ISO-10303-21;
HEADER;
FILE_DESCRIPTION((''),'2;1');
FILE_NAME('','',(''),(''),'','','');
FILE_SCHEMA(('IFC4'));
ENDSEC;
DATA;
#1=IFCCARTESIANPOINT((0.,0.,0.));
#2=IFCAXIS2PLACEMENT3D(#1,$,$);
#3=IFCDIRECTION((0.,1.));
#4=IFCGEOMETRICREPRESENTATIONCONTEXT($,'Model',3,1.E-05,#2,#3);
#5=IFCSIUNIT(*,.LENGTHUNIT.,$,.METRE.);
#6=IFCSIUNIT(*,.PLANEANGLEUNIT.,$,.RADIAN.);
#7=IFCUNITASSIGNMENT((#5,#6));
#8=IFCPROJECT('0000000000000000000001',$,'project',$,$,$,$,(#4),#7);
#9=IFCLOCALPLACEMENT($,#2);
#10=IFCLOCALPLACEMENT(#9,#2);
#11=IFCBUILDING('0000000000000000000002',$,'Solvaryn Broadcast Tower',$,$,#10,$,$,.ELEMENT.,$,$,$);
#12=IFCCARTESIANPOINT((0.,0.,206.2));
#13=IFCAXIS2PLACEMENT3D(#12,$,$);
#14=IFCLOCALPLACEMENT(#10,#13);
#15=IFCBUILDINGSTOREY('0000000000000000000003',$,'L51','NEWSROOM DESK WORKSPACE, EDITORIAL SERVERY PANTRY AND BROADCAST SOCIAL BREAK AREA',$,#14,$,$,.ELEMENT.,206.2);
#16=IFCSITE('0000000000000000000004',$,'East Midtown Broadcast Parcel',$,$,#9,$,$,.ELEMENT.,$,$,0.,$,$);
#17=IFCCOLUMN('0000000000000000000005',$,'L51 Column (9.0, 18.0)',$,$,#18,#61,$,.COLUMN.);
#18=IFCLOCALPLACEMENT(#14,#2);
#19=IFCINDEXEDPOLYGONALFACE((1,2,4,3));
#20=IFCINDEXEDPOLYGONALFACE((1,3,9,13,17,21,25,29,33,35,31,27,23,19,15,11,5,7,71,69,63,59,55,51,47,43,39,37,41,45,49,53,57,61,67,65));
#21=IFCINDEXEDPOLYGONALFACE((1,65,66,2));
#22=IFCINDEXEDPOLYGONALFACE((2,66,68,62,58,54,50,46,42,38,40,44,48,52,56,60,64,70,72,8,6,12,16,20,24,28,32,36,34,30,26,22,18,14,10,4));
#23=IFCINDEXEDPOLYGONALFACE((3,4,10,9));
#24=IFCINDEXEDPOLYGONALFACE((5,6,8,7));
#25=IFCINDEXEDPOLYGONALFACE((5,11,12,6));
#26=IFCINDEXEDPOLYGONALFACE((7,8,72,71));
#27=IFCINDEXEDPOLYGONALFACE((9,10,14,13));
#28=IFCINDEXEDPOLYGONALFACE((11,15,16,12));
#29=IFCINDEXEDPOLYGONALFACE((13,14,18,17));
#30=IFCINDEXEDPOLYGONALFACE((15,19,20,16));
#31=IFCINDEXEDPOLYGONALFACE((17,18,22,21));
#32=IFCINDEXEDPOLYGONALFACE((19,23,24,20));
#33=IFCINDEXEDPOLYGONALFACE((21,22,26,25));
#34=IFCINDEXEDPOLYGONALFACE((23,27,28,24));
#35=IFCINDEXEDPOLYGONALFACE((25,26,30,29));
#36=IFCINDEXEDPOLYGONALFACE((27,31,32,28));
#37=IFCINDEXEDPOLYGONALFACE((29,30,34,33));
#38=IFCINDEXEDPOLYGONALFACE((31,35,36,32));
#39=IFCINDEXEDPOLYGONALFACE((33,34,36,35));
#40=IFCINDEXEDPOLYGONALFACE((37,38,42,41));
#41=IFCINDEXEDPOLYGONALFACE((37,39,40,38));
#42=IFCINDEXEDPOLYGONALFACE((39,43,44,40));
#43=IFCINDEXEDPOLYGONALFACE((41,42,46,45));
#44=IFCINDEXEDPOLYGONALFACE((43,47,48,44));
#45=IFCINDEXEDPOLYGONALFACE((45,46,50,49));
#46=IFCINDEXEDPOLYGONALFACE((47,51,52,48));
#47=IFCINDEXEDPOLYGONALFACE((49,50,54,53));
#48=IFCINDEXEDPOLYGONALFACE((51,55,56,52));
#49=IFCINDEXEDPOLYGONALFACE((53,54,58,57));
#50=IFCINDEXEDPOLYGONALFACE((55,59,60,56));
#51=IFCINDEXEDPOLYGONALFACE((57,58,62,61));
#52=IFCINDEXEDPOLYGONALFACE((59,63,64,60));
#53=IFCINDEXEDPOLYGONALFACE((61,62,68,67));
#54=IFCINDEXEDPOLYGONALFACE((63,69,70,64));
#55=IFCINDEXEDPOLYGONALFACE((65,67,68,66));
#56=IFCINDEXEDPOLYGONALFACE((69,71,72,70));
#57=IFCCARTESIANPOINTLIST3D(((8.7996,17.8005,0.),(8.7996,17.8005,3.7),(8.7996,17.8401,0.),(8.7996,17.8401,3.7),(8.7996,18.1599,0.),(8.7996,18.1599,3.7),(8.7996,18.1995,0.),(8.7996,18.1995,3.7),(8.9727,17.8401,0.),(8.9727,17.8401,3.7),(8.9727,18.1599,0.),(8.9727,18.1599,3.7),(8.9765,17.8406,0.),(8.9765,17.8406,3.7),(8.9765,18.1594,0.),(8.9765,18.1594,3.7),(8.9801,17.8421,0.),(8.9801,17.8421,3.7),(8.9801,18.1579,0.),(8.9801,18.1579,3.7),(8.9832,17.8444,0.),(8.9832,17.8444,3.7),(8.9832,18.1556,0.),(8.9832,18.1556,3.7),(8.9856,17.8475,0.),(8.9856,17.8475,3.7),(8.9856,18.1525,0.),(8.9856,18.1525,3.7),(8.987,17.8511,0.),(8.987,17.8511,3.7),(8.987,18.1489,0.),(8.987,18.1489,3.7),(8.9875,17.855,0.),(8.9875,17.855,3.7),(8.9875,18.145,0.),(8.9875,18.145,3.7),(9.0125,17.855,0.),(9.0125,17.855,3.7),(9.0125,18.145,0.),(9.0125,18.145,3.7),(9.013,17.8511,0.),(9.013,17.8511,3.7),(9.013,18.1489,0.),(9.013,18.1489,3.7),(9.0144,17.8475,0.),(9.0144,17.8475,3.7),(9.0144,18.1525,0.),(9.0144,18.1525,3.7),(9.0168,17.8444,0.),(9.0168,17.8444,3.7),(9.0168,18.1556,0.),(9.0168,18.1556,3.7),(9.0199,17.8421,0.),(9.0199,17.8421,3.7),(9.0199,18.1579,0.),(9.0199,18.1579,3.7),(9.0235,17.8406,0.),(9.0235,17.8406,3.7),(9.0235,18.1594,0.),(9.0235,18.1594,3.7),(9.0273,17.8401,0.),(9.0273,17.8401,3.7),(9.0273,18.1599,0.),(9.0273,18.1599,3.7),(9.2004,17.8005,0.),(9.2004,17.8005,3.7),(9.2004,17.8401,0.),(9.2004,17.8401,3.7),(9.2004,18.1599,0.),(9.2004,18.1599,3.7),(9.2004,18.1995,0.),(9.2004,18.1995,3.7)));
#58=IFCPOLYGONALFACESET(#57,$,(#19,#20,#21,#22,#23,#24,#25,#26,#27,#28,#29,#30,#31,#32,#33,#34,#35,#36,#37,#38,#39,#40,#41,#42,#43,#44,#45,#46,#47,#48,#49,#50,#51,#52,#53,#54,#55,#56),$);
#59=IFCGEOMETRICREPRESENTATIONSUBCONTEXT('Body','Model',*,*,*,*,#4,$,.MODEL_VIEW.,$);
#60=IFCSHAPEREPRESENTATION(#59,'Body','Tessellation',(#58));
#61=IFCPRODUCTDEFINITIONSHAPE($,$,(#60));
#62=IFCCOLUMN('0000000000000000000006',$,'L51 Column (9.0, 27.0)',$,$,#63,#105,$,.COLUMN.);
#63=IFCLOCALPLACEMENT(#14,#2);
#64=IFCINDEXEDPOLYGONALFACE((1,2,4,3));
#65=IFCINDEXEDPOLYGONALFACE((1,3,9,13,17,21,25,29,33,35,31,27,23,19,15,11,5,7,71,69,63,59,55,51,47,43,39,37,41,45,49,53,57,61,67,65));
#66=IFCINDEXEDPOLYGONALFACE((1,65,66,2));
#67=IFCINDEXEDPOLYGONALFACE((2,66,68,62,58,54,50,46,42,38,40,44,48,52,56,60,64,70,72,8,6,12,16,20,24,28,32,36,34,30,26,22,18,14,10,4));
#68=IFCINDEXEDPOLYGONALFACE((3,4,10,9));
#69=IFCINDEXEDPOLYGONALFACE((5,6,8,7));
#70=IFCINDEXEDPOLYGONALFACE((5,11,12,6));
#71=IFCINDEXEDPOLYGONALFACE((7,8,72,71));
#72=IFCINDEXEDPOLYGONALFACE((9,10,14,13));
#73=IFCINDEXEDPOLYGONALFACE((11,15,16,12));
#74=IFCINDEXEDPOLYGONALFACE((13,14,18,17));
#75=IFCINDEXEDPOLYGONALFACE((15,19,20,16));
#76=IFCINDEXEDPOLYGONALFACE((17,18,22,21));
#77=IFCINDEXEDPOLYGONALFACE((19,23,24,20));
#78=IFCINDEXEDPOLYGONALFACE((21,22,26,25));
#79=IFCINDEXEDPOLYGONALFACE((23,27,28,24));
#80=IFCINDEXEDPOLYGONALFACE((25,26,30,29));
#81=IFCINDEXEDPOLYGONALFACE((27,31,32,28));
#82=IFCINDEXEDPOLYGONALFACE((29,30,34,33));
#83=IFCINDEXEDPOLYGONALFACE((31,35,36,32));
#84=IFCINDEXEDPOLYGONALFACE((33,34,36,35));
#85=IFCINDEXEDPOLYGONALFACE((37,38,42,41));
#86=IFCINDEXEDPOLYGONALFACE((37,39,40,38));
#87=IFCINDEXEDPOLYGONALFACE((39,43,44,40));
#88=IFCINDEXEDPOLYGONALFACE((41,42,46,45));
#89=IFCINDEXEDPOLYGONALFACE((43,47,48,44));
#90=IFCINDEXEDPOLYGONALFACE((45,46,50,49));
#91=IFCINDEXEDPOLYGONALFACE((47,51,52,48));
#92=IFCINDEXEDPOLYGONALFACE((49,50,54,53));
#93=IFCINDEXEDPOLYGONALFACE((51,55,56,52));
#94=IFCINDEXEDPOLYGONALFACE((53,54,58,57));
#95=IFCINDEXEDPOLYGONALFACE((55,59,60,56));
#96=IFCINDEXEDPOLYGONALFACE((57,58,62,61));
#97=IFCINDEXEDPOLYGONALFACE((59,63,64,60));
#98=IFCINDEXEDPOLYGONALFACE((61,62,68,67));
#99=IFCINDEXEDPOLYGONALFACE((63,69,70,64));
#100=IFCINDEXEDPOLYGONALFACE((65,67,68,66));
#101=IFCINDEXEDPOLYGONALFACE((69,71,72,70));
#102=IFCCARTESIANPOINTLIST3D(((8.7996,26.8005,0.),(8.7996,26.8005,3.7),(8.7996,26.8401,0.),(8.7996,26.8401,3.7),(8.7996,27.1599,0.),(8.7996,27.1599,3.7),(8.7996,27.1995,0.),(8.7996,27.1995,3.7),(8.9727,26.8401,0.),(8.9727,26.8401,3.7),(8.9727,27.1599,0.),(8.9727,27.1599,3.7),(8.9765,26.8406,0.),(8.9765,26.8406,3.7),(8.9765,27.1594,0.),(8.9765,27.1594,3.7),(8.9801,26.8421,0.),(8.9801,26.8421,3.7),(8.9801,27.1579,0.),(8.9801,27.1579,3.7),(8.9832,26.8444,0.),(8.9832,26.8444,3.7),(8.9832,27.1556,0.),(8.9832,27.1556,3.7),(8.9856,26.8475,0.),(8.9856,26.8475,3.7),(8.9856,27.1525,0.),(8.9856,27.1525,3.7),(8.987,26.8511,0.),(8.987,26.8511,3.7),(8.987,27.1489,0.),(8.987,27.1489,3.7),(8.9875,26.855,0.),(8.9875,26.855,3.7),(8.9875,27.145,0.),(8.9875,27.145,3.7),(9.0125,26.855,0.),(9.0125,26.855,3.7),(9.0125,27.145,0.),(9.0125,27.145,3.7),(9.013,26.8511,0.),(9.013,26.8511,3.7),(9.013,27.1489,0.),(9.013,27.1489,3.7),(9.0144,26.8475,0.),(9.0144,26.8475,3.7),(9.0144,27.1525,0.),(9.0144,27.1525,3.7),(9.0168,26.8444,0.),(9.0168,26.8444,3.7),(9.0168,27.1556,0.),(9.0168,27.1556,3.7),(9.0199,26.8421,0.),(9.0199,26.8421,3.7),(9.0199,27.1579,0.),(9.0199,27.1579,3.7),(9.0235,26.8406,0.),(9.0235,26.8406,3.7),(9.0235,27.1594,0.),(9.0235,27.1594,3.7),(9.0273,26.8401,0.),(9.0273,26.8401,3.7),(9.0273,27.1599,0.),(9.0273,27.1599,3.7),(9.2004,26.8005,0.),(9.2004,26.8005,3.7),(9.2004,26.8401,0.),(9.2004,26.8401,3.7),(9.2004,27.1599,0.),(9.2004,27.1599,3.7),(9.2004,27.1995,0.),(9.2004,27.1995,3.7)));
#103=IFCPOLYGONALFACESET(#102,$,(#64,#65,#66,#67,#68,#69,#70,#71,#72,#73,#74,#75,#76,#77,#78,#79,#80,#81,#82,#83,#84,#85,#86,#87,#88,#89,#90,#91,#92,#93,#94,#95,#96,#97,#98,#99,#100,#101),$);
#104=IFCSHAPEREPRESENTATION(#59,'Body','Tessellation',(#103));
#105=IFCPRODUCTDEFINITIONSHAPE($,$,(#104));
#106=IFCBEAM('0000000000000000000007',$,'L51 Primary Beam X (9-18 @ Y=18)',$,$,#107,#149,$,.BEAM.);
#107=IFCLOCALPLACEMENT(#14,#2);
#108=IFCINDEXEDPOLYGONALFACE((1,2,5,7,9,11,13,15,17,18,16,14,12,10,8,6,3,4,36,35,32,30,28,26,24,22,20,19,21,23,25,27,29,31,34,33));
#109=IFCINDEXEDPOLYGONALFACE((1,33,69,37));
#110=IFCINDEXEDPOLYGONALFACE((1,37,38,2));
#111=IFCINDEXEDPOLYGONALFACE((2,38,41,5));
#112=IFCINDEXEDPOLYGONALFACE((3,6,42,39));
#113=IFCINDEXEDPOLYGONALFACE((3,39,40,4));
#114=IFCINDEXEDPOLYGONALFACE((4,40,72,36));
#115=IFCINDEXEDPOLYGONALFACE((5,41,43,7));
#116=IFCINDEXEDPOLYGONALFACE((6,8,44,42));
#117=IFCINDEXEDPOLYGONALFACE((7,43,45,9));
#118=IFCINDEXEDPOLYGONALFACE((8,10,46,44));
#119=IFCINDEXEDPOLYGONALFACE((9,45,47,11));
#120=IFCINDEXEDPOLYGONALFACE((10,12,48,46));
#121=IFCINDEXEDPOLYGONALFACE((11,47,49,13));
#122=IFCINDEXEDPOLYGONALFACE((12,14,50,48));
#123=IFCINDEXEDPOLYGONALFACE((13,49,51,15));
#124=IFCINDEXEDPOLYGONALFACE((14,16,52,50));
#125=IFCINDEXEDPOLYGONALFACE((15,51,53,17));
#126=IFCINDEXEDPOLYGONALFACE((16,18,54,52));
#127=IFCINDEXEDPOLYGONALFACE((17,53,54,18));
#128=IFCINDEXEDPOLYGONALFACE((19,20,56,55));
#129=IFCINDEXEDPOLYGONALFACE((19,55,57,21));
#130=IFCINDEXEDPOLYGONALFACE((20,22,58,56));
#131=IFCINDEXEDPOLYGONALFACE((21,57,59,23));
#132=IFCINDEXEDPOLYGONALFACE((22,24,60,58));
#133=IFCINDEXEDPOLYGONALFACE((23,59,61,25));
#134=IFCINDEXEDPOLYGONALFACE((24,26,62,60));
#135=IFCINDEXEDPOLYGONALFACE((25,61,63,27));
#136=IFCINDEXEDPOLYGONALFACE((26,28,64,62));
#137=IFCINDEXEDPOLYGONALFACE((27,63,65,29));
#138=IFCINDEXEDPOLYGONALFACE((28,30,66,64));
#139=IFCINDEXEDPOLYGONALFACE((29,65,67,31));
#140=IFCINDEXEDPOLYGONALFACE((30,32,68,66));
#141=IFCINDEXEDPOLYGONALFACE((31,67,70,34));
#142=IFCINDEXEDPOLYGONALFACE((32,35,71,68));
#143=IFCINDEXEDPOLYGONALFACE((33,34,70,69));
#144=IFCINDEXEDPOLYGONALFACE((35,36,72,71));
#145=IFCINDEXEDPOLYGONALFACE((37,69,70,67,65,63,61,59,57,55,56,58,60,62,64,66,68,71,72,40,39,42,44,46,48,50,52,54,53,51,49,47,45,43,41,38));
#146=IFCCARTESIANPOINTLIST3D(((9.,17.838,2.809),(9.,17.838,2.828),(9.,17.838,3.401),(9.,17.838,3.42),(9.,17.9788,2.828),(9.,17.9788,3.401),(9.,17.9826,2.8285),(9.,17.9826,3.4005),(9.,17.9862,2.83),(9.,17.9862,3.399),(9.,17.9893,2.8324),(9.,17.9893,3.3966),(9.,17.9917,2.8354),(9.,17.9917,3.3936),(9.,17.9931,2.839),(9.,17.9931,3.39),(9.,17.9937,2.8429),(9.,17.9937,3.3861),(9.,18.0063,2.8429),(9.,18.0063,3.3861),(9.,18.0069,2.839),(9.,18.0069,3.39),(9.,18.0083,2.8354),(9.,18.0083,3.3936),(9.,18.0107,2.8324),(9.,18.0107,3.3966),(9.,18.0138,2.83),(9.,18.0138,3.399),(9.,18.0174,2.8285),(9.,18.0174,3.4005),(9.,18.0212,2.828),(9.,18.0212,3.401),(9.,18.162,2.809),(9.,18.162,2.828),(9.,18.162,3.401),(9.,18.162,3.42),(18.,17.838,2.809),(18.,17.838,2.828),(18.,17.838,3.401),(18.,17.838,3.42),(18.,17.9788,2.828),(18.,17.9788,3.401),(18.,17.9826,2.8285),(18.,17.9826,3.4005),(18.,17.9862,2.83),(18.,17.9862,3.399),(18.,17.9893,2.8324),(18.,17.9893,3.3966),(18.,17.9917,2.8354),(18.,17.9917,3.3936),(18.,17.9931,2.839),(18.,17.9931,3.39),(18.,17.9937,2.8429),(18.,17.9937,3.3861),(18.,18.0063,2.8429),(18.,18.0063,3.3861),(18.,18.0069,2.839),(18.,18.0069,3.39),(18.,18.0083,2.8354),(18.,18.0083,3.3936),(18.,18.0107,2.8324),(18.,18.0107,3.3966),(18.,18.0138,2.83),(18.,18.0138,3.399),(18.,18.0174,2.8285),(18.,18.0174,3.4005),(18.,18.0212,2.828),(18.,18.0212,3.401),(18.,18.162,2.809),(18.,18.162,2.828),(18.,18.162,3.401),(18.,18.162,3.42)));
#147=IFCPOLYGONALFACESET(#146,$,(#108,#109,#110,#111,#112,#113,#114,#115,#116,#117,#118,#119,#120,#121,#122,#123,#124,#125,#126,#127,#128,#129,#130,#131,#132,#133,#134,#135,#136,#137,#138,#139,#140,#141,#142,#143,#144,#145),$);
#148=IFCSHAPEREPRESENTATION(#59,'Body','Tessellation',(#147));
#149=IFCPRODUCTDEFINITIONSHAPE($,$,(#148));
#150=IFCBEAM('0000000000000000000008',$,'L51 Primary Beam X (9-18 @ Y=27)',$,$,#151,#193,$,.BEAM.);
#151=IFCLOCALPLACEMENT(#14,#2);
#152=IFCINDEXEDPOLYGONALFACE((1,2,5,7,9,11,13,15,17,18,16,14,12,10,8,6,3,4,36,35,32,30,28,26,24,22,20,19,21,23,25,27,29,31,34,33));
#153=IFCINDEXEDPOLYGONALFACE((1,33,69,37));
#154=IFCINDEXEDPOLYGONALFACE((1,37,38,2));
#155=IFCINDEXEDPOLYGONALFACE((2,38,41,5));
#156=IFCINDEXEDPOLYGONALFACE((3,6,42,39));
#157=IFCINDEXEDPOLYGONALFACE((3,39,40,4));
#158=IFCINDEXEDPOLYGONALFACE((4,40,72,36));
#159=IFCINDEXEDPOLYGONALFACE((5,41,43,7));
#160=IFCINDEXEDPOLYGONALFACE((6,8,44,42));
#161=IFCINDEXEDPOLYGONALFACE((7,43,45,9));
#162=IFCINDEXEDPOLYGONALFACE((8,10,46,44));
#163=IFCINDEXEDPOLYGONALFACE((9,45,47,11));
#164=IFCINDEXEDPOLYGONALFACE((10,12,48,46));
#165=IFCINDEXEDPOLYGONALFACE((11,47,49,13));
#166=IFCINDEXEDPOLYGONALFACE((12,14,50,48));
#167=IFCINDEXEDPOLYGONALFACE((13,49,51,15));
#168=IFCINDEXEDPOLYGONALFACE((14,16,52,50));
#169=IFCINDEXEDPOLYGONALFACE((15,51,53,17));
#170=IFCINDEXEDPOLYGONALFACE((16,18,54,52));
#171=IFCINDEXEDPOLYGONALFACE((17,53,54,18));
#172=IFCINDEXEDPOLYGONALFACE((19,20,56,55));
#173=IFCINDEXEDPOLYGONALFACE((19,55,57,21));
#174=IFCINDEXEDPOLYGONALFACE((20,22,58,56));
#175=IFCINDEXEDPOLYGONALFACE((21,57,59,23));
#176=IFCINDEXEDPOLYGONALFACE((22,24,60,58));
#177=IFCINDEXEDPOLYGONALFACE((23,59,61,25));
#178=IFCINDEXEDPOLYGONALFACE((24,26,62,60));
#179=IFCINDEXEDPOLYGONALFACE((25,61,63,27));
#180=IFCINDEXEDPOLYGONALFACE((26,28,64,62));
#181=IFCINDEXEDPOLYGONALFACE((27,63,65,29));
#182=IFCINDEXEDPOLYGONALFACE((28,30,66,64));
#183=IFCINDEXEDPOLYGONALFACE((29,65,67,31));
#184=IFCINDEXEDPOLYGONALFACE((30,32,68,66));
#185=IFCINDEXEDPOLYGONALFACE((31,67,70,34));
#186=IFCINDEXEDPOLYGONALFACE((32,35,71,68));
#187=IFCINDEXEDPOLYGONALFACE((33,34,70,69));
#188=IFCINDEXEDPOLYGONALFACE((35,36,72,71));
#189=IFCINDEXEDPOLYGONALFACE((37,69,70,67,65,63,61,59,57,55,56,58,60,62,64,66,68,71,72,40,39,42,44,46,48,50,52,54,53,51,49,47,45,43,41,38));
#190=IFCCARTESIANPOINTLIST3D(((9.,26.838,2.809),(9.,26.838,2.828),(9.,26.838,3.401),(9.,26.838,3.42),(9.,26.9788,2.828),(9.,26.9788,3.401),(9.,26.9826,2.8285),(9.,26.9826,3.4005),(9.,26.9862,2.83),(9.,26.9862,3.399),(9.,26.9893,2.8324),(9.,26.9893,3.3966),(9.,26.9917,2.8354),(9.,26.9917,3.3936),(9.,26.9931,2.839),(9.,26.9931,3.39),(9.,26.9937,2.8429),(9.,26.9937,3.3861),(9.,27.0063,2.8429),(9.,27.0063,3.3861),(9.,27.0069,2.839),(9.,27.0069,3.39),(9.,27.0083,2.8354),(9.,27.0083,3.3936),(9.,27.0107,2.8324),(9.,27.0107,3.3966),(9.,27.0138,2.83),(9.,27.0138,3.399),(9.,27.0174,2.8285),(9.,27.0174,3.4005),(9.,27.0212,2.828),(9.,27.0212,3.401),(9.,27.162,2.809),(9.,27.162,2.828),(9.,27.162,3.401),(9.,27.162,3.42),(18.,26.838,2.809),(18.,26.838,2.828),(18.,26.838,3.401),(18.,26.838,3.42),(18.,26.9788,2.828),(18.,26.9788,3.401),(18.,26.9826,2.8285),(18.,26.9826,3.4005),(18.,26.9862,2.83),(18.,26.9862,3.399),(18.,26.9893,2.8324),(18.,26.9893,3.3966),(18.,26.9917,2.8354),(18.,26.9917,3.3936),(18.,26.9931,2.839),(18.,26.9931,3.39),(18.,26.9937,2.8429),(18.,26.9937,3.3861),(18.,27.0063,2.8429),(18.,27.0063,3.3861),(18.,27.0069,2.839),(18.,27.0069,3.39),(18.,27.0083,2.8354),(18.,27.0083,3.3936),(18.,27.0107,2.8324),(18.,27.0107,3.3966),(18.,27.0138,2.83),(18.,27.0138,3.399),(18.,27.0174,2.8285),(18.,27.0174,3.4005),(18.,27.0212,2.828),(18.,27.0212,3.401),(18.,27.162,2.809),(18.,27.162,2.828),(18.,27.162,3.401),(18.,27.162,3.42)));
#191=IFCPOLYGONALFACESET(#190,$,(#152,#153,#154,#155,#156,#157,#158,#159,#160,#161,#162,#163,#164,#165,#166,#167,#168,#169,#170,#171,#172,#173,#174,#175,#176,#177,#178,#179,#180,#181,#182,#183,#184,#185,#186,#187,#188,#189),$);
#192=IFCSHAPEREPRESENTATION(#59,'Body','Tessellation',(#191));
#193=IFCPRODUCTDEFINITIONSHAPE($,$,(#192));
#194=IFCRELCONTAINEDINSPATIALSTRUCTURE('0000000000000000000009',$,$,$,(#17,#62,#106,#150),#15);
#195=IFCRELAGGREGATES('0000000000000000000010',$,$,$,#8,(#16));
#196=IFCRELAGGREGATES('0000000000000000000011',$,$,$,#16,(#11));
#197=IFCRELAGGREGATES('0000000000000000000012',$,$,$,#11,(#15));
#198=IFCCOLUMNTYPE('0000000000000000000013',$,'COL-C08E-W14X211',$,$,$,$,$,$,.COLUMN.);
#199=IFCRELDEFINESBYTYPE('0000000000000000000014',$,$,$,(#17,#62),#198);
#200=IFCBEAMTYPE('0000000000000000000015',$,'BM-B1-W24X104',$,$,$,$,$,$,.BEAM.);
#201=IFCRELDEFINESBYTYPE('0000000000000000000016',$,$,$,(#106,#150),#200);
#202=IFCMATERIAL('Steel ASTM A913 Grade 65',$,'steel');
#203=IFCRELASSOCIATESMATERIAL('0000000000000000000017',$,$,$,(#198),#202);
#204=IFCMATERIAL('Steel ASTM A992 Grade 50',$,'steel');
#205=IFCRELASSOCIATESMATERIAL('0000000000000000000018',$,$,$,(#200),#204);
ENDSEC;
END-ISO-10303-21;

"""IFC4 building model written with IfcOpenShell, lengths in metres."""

from ifc_helpers import new_model, si_unit, direction, frame, origin, origin_2d, place, context, subcontext, project, spatial, i_section, extrude, material, material_profile, profile_set, type_object, element, save


model = new_model("IFC4")

# Units and contexts
model_context = context("Model", 3, precision=1e-05, world=origin(), true_north=direction((0.0, 1.0)))
body_context = subcontext(model_context, "Body", "Model", "MODEL_VIEW")
ifc_project = project(units=[si_unit("LENGTHUNIT", "METRE"), si_unit("PLANEANGLEUNIT", "RADIAN")], contexts=[model_context])

# Site, building, storey
site_placement = place(None, origin())
site = spatial("IfcSite", under=ifc_project, at=site_placement, Name="East Midtown Broadcast Parcel", CompositionType="ELEMENT", RefElevation=0.0)
building_placement = place(site_placement, origin())
building = spatial("IfcBuilding", under=site, at=building_placement, Name="Solvaryn Broadcast Tower", CompositionType="ELEMENT")
storey_placement = place(building_placement, frame((0.0, 0.0, 206.2)))
storey = spatial("IfcBuildingStorey", under=building, at=storey_placement, Name="L51", Description="NEWSROOM DESK WORKSPACE, EDITORIAL SERVERY PANTRY AND BROADCAST SOCIAL BREAK AREA", CompositionType="ELEMENT", Elevation=206.2)

# Columns
ifc_material_1 = material(Name="Steel ASTM A913 Grade 65", Category="steel")
ifc_material_profile_1 = material_profile(ifc_material_1, i_section(OverallWidth=0.4009, OverallDepth=0.3989, WebThickness=0.0249, FlangeThickness=0.0396, FilletRadius=0.0149, at=origin_2d()))
ifc_profile_set_1 = profile_set([ifc_material_profile_1], Name="Steel ASTM A913 Grade 65")
column_type = type_object("IfcColumnType", Name="COL-C08E-W14X211", PredefinedType="COLUMN", material=ifc_profile_set_1)
for number, where, z_axis, x_axis, name in (
    (1, (9.0, 18.0, 0.0), (0.0, 0.0, 1.0), (1.0, 0.0, 0.0), "L51 Column (9.0, 18.0)"),
    (2, (9.0, 27.0, 0.0), (0.0, 0.0, 1.0), (1.0, 0.0, 0.0), "L51 Column (9.0, 27.0)"),
):
    element("IfcColumn", number, at=place(storey_placement, frame(where, z_axis=z_axis, x_axis=x_axis)), inside=storey, type_object=column_type, Name=name, PredefinedType="COLUMN", context=body_context, shape_type="SweptSolid", body=[
        extrude(i_section(OverallWidth=0.4009, OverallDepth=0.3989, WebThickness=0.0249, FlangeThickness=0.0396, FilletRadius=0.0149, at=origin_2d()), origin(), (0.0, 0.0, 1.0), 3.7),
    ])

# Beams
ifc_material_2 = material(Name="Steel ASTM A992 Grade 50", Category="steel")
ifc_material_profile_2 = material_profile(ifc_material_2, i_section(OverallWidth=0.324, OverallDepth=0.6111, WebThickness=0.0127, FlangeThickness=0.019, FilletRadius=0.0149, at=origin_2d()))
ifc_profile_set_2 = profile_set([ifc_material_profile_2], Name="Steel ASTM A992 Grade 50")
beam_type_1 = type_object("IfcBeamType", Name="BM-B1-W24X104", PredefinedType="BEAM", material=ifc_profile_set_2)
for number, where, z_axis, x_axis, name in (
    (3, (9.0, 18.0, 3.1145), (1.0, 0.0, 0.0), (0.0, 1.0, 0.0), "L51 Primary Beam X (9-18 @ Y=18)"),
    (4, (9.0, 27.0, 3.1145), (1.0, 0.0, 0.0), (0.0, 1.0, 0.0), "L51 Primary Beam X (9-18 @ Y=27)"),
):
    element("IfcBeam", number, at=place(storey_placement, frame(where, z_axis=z_axis, x_axis=x_axis)), inside=storey, type_object=beam_type_1, Name=name, PredefinedType="BEAM", context=body_context, shape_type="SweptSolid", body=[
        extrude(i_section(OverallWidth=0.324, OverallDepth=0.6111, WebThickness=0.0127, FlangeThickness=0.019, FilletRadius=0.0149, at=origin_2d()), origin(), (0.0, 0.0, 1.0), 9.0),
    ])

save(model, "model.ifc")
